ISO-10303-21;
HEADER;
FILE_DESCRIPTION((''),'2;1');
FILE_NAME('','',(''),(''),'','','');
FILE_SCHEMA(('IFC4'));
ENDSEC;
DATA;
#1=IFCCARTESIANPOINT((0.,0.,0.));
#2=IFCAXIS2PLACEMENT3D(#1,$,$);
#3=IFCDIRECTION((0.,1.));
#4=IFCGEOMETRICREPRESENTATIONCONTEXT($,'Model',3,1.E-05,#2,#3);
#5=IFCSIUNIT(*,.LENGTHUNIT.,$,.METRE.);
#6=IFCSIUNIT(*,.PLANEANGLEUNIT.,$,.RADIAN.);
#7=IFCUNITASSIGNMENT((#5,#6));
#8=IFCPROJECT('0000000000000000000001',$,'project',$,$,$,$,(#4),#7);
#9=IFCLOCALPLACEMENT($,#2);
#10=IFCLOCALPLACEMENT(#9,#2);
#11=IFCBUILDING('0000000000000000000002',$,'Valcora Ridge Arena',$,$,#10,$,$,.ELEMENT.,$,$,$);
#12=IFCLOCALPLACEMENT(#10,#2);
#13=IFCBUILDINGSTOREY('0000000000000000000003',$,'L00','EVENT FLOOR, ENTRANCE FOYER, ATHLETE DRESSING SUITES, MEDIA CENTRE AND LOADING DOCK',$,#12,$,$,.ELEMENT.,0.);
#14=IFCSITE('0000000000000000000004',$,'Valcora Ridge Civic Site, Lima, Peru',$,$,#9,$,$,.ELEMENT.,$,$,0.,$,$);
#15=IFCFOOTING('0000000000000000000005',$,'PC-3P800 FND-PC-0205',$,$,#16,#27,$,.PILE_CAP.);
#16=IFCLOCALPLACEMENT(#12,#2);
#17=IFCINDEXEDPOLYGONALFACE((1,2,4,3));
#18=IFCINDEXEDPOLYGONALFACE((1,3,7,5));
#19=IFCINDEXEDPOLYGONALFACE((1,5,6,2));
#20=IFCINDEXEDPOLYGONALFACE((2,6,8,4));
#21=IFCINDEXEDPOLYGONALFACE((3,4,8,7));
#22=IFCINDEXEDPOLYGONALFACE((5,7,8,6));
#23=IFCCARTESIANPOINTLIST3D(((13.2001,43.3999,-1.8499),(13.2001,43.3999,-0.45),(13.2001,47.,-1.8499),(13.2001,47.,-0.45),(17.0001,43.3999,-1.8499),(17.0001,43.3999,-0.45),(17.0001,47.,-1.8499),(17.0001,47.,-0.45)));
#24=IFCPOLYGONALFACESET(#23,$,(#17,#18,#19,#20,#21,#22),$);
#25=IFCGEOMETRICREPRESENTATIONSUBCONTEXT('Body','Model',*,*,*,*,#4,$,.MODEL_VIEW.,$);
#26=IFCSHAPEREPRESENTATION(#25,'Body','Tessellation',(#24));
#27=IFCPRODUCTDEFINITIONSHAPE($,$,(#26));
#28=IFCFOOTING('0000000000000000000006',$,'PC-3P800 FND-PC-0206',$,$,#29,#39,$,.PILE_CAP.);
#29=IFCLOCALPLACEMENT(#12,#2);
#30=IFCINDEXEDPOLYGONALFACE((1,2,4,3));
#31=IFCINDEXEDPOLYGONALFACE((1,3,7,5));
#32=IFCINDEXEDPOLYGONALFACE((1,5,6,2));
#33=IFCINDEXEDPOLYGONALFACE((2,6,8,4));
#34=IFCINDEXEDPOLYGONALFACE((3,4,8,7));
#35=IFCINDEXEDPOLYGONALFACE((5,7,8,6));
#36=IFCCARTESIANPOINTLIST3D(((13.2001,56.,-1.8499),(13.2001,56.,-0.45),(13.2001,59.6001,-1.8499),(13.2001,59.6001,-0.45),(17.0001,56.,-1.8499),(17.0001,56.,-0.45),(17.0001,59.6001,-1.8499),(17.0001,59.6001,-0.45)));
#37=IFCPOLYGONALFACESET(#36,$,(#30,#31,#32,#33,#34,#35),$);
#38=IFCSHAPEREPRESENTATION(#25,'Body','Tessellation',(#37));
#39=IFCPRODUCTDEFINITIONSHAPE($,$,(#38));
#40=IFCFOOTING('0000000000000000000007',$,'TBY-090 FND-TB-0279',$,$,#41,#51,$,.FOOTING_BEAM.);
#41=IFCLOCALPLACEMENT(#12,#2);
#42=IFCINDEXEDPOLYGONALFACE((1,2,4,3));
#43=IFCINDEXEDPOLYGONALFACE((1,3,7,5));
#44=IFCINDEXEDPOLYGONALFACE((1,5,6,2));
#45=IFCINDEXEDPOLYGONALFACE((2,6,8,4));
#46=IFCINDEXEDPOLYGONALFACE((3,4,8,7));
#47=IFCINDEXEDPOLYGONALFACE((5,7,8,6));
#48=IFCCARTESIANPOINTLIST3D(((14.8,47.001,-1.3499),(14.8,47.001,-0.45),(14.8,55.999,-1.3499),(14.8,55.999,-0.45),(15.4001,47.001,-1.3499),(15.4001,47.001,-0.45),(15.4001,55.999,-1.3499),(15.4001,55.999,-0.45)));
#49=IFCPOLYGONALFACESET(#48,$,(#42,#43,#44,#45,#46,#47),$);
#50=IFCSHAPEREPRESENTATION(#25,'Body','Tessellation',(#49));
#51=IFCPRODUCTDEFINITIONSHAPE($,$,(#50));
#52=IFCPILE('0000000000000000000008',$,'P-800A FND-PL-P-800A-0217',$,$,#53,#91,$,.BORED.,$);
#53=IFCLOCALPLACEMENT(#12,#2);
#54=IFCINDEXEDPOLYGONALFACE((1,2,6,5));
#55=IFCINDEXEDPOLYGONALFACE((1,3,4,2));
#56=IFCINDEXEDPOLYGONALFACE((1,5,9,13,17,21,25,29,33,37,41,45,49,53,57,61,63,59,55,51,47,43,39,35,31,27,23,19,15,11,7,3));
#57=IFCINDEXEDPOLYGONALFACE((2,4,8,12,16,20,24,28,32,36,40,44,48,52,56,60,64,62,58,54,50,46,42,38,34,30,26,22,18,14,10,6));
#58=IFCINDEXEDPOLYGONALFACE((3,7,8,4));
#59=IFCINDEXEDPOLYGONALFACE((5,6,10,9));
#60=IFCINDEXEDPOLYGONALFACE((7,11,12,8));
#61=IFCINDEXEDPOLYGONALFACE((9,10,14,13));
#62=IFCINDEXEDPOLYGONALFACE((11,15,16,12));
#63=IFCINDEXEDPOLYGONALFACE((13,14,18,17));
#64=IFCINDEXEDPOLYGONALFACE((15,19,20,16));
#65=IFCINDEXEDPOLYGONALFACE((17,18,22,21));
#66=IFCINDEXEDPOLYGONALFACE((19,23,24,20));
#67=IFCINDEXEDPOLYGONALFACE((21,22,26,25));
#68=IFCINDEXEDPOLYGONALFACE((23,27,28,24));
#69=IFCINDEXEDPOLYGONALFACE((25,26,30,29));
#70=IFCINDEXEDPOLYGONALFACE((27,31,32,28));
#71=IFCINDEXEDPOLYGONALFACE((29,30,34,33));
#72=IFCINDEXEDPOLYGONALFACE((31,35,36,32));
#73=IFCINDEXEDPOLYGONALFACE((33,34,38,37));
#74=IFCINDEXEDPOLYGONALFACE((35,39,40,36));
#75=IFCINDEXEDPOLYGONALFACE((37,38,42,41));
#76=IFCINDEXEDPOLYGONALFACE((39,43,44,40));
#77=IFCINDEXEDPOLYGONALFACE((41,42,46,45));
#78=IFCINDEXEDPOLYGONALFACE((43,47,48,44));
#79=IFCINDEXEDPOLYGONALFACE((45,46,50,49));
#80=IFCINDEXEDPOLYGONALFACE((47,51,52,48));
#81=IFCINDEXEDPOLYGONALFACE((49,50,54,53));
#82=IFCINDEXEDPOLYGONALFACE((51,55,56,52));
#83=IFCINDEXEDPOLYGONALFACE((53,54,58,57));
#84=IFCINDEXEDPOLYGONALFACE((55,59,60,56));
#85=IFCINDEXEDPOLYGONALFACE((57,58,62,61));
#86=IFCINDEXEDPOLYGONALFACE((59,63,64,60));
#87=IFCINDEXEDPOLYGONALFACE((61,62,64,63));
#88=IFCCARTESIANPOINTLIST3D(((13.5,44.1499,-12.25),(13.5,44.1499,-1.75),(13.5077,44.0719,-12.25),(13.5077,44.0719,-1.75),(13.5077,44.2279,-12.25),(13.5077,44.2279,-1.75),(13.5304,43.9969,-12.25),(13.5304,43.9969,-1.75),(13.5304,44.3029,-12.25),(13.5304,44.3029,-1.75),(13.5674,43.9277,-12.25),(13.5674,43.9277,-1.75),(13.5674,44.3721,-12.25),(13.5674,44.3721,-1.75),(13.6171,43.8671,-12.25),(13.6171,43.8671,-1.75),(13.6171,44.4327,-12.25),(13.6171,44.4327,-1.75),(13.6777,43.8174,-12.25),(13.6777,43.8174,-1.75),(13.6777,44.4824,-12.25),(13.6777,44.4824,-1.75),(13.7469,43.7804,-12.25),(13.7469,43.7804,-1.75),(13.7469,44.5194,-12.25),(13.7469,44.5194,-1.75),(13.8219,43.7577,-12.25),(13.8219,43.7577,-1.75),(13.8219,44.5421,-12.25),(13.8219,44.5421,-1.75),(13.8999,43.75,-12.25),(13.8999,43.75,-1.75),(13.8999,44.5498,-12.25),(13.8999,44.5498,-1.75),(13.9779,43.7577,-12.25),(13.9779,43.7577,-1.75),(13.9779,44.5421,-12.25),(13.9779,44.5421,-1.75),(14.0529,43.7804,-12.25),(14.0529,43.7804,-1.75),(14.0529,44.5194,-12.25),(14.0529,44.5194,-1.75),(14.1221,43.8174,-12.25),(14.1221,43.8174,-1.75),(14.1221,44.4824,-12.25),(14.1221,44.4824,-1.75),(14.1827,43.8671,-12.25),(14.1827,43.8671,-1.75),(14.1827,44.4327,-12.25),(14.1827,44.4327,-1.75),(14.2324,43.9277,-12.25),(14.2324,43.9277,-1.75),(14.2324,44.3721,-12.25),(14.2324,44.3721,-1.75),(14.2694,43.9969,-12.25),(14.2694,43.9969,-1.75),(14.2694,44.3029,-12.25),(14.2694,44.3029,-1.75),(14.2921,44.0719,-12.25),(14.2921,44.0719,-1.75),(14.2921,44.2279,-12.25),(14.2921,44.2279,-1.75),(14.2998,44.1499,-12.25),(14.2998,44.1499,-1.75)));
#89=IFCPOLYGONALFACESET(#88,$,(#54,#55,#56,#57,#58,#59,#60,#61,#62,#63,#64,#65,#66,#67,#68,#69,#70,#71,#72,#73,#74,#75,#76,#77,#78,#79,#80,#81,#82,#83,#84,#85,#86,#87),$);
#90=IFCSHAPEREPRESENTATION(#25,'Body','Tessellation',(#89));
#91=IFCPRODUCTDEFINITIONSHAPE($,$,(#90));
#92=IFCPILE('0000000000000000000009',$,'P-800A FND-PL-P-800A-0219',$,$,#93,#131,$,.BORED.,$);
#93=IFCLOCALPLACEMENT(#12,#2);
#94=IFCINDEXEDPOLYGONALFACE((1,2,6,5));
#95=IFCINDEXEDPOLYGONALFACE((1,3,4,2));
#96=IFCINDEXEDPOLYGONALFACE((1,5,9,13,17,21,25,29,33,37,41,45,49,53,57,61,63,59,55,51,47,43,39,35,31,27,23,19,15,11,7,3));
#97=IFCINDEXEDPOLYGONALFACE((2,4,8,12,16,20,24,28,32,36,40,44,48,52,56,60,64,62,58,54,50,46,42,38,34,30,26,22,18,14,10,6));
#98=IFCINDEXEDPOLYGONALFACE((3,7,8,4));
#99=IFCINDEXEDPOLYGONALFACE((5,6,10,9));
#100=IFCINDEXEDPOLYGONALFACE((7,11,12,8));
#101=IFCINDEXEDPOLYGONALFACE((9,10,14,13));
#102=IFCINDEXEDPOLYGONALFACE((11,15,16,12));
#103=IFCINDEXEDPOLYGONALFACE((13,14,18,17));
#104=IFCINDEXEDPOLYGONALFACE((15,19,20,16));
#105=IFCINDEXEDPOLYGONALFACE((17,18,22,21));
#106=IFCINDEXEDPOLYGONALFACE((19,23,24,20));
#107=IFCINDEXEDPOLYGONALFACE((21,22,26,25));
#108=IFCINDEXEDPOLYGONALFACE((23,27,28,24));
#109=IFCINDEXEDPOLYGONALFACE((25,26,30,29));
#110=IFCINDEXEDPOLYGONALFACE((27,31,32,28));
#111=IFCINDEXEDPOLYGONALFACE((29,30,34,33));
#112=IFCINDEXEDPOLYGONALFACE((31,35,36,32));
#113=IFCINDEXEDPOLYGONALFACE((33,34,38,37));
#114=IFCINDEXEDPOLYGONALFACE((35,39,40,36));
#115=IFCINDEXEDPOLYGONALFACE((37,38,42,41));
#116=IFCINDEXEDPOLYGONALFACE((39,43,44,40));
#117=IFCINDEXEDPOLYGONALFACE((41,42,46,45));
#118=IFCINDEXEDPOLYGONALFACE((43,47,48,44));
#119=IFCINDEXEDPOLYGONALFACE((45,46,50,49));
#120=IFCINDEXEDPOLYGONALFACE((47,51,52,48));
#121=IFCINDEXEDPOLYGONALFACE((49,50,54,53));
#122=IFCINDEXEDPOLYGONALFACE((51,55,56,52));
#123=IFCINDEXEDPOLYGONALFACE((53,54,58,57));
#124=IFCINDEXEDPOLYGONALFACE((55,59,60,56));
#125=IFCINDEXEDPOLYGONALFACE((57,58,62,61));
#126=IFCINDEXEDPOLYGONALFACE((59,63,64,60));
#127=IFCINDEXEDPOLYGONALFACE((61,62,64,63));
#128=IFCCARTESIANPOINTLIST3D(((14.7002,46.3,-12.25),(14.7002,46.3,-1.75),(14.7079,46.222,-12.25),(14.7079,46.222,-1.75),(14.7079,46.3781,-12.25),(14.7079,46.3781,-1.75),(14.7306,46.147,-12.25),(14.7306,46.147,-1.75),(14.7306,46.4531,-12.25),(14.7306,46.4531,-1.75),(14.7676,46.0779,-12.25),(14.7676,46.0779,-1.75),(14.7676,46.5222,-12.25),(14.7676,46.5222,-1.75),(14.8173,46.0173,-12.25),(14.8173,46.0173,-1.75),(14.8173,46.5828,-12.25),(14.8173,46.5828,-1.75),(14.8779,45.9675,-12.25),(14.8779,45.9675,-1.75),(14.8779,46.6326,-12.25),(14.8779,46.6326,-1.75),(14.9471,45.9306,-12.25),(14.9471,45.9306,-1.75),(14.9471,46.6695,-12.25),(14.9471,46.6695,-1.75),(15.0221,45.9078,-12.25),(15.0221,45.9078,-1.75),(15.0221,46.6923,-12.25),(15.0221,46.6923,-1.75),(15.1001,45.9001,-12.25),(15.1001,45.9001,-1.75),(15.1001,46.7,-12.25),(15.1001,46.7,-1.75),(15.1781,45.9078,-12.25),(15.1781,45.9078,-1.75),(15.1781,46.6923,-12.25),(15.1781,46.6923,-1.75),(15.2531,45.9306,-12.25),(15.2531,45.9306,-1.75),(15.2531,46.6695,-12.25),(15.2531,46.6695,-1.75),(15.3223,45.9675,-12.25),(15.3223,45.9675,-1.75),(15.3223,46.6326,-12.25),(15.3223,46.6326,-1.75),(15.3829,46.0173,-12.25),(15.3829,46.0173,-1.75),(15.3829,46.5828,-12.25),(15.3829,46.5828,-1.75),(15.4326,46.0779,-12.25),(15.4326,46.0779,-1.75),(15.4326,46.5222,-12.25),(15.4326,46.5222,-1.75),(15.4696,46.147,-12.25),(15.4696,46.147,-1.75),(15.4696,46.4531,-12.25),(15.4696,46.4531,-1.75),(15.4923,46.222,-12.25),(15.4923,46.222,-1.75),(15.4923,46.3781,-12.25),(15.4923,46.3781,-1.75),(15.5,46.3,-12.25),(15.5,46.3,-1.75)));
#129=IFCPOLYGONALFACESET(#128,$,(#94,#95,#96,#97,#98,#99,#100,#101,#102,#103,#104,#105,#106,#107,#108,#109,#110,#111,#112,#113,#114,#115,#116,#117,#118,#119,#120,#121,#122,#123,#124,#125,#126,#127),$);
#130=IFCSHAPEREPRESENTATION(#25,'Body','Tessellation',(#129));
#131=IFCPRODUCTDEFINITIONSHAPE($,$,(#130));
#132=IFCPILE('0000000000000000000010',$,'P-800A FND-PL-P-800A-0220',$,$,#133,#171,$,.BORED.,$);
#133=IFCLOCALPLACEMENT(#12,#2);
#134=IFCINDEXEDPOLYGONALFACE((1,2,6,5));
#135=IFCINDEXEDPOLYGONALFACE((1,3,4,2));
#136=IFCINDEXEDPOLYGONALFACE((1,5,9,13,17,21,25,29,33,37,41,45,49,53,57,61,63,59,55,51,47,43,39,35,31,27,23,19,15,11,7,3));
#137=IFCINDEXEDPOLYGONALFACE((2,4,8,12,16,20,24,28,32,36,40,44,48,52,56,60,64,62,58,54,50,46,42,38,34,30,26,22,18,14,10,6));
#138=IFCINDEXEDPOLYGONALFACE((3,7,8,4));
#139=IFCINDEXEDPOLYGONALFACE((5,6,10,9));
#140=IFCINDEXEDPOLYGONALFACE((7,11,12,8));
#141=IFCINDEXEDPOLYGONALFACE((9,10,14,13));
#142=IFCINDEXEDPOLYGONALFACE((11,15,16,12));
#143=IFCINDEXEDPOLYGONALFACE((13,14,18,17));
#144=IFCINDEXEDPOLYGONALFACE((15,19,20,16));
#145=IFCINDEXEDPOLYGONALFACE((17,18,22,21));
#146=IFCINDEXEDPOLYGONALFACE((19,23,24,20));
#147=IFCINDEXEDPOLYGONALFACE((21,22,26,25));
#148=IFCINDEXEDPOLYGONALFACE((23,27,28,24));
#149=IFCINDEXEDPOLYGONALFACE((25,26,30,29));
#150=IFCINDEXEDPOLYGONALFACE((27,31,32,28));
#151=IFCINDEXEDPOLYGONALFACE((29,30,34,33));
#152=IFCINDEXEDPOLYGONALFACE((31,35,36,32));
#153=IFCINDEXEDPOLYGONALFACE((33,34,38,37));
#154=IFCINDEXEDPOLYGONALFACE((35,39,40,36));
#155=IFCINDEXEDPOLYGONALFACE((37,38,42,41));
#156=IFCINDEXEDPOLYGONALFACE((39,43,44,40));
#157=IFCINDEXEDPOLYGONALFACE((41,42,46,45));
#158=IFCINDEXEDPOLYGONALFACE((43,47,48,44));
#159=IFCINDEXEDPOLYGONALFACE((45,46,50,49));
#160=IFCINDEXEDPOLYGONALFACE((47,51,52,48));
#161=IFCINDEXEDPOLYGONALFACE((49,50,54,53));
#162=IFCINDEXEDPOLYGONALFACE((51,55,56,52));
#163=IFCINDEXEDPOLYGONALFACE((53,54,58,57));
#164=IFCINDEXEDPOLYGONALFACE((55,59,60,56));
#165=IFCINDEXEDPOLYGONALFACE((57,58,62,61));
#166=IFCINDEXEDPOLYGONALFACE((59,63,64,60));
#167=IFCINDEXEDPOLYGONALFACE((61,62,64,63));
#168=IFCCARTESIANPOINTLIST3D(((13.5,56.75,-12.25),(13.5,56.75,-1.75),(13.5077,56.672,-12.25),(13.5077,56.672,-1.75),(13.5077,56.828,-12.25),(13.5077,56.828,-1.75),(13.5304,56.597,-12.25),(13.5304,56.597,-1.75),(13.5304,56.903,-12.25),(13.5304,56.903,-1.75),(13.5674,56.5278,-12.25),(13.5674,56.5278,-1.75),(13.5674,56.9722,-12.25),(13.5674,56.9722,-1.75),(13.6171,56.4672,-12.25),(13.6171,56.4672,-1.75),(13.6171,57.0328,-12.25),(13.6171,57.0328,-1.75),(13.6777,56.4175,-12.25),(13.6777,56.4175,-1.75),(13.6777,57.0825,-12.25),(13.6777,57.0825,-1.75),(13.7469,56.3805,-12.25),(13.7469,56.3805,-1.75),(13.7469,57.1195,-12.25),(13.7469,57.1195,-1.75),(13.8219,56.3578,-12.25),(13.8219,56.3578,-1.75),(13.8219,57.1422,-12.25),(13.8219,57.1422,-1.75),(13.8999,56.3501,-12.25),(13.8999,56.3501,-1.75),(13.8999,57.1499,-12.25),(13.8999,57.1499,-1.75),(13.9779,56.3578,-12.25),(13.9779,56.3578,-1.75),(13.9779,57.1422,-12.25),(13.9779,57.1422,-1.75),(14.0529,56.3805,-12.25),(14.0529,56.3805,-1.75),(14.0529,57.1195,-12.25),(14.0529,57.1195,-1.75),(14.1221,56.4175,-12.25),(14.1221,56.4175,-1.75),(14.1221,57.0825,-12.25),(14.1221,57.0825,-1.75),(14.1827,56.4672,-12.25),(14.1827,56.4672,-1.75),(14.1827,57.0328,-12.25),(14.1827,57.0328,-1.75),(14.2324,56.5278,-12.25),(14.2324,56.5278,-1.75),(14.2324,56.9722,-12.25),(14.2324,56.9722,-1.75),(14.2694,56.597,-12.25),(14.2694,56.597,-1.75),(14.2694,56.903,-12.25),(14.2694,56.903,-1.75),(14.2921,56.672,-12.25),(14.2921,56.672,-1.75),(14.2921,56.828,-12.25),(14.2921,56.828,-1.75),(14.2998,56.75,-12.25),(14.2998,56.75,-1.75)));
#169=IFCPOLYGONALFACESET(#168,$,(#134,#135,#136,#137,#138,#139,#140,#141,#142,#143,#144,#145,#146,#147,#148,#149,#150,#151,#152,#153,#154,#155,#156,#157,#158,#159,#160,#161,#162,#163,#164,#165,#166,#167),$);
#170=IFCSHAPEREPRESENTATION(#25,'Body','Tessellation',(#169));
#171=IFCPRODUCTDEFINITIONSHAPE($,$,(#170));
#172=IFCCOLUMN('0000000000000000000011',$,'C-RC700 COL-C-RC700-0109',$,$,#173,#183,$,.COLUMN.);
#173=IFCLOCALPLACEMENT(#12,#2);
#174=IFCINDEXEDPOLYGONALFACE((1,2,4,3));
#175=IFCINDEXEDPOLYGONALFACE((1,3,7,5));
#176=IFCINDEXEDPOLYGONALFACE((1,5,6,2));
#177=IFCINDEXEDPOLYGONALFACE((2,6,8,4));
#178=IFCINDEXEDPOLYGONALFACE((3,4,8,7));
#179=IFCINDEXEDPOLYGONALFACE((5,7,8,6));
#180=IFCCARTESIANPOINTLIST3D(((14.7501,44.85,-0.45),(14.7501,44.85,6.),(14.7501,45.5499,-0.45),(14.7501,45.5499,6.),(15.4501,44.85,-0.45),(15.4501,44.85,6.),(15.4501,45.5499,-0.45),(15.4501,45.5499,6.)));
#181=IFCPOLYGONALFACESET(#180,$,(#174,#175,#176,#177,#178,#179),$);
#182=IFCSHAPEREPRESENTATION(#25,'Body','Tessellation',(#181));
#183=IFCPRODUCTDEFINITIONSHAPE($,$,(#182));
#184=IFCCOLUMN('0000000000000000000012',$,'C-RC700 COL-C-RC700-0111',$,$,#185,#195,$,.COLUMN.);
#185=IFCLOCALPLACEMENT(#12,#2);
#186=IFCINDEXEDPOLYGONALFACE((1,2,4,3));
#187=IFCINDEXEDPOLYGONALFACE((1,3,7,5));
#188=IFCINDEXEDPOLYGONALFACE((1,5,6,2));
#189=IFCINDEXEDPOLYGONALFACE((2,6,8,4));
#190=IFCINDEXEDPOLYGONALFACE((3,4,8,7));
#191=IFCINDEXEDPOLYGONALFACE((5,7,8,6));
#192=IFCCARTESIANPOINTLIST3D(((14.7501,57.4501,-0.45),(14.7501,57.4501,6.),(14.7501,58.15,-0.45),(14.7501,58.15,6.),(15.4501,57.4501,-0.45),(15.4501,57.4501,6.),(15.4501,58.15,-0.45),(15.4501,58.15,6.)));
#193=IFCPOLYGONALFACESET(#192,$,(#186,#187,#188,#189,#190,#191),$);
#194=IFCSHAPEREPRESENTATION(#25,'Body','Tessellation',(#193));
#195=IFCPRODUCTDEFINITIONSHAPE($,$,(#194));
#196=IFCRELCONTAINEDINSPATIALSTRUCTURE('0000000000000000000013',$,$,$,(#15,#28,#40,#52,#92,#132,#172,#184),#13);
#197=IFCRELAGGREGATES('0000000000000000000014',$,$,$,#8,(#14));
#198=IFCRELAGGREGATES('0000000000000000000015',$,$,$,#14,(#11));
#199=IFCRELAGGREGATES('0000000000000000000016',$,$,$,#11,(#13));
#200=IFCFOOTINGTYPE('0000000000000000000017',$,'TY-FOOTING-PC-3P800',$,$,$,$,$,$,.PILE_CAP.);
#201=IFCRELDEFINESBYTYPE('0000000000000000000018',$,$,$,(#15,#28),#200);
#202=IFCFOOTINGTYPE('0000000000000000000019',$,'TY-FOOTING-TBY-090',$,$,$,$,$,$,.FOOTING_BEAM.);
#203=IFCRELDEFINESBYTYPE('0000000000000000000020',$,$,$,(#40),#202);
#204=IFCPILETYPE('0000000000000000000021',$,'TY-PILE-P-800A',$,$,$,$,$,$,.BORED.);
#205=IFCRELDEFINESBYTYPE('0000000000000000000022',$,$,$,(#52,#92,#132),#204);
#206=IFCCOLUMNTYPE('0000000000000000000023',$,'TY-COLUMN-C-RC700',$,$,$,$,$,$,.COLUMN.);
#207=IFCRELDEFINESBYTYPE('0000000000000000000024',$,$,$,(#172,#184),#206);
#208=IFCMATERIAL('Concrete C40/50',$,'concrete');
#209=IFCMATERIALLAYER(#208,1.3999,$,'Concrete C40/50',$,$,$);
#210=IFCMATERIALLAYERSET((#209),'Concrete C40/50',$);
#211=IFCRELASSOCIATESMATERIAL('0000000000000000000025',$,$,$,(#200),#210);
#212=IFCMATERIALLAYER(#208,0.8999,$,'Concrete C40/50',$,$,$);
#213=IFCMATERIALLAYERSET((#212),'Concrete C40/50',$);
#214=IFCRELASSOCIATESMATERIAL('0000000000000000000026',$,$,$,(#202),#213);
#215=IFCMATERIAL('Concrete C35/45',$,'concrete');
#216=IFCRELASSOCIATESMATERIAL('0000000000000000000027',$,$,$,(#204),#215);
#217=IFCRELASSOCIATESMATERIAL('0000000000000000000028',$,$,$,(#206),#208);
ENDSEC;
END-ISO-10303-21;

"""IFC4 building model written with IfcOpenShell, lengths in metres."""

from ifc_helpers import new_model, si_unit, direction, frame, origin, origin_2d, place, context, subcontext, project, spatial, rectangle, circle, extrude, material, layer, layer_set, material_profile, profile_set, type_object, element, save


model = new_model("IFC4")

# Units and contexts
model_context = context("Model", 3, precision=1e-05, world=origin(), true_north=direction((0.0, 1.0)))
body_context = subcontext(model_context, "Body", "Model", "MODEL_VIEW")
ifc_project = project(units=[si_unit("LENGTHUNIT", "METRE"), si_unit("PLANEANGLEUNIT", "RADIAN")], contexts=[model_context])

# Site, building, storey
site_placement = place(None, origin())
site = spatial("IfcSite", under=ifc_project, at=site_placement, Name="Valcora Ridge Civic Site, Lima, Peru", CompositionType="ELEMENT", RefElevation=0.0)
building_placement = place(site_placement, origin())
building = spatial("IfcBuilding", under=site, at=building_placement, Name="Valcora Ridge Arena", CompositionType="ELEMENT")
storey_placement = place(building_placement, origin())
storey = spatial("IfcBuildingStorey", under=building, at=storey_placement, Name="L00", Description="EVENT FLOOR, ENTRANCE FOYER, ATHLETE DRESSING SUITES, MEDIA CENTRE AND LOADING DOCK", CompositionType="ELEMENT", Elevation=0.0)

# Footings
ifc_material_1 = material(Name="Concrete C40/50", Category="concrete")
ifc_layer_1 = layer(ifc_material_1, 1.3999, Name="Concrete C40/50")
ifc_layer_set_1 = layer_set([ifc_layer_1], Name="Concrete C40/50")
footing_type_1 = type_object("IfcFootingType", Name="TY-FOOTING-PC-3P800", PredefinedType="PILE_CAP", material=ifc_layer_set_1)
for number, where, z_axis, x_axis, name in (
    (1, (15.1001, 45.2, -1.8499), (0.0, 0.0, 1.0), (1.0, 0.0, 0.0), "PC-3P800 FND-PC-0205"),
    (2, (15.1001, 57.8, -1.8499), (0.0, 0.0, 1.0), (1.0, 0.0, 0.0), "PC-3P800 FND-PC-0206"),
):
    element("IfcFooting", number, at=place(storey_placement, frame(where, z_axis=z_axis, x_axis=x_axis)), inside=storey, type_object=footing_type_1, Name=name, PredefinedType="PILE_CAP", context=body_context, shape_type="SweptSolid", body=[
        extrude(rectangle(XDim=3.8, YDim=3.6001, at=origin_2d()), origin(), (0.0, 0.0, 1.0), 1.3999),
    ])
ifc_layer_2 = layer(ifc_material_1, 0.8999, Name="Concrete C40/50")
ifc_layer_set_2 = layer_set([ifc_layer_2], Name="Concrete C40/50")
footing_type_2 = type_object("IfcFootingType", Name="TY-FOOTING-TBY-090", PredefinedType="FOOTING_BEAM", material=ifc_layer_set_2)
footing_placement = place(storey_placement, frame((15.1001, 51.5, -1.3499), z_axis=(0.0, 0.0, 1.0), x_axis=(1.0, 0.0, 0.0)))
element("IfcFooting", 3, at=footing_placement, inside=storey, type_object=footing_type_2, Name="TBY-090 FND-TB-0279", PredefinedType="FOOTING_BEAM", context=body_context, shape_type="SweptSolid", body=[
    extrude(rectangle(XDim=0.6001, YDim=8.998, at=origin_2d()), origin(), (0.0, 0.0, 1.0), 0.8999),
])

# Piles
ifc_material_2 = material(Name="Concrete C35/45", Category="concrete")
ifc_material_profile_1 = material_profile(ifc_material_2, circle(Radius=0.3999, at=origin_2d()), Name="BORED PILE D800")
ifc_profile_set_1 = profile_set([ifc_material_profile_1], Name="Concrete C35/45")
pile_type = type_object("IfcPileType", Name="TY-PILE-P-800A", PredefinedType="BORED", material=ifc_profile_set_1)
for number, where, z_axis, x_axis, name in (
    (4, (13.8999, 44.1499, -1.75), (0.0, 0.0, -1.0), (1.0, 0.0, 0.0), "P-800A FND-PL-P-800A-0217"),
    (5, (15.1001, 46.3, -1.75), (0.0, 0.0, -1.0), (1.0, 0.0, 0.0), "P-800A FND-PL-P-800A-0219"),
    (6, (13.8999, 56.75, -1.75), (0.0, 0.0, -1.0), (1.0, 0.0, 0.0), "P-800A FND-PL-P-800A-0220"),
):
    element("IfcPile", number, at=place(storey_placement, frame(where, z_axis=z_axis, x_axis=x_axis)), inside=storey, type_object=pile_type, Name=name, PredefinedType="BORED", context=body_context, shape_type="SweptSolid", body=[
        extrude(circle(Radius=0.3999, at=origin_2d()), origin(), (0.0, 0.0, 1.0), 10.5),
    ])

# Columns
ifc_material_profile_2 = material_profile(ifc_material_1, rectangle(XDim=0.7, YDim=0.7, at=origin_2d()), Name="RC 700x700")
ifc_profile_set_2 = profile_set([ifc_material_profile_2], Name="Concrete C40/50")
column_type = type_object("IfcColumnType", Name="TY-COLUMN-C-RC700", PredefinedType="COLUMN", material=ifc_profile_set_2)
for number, where, z_axis, x_axis, name in (
    (7, (15.1001, 45.2, -0.45), (0.0, 0.0, 1.0), (1.0, 0.0, 0.0), "C-RC700 COL-C-RC700-0109"),
    (8, (15.1001, 57.8, -0.45), (0.0, 0.0, 1.0), (1.0, 0.0, 0.0), "C-RC700 COL-C-RC700-0111"),
):
    element("IfcColumn", number, at=place(storey_placement, frame(where, z_axis=z_axis, x_axis=x_axis)), inside=storey, type_object=column_type, Name=name, PredefinedType="COLUMN", context=body_context, shape_type="SweptSolid", body=[
        extrude(rectangle(XDim=0.7, YDim=0.7, at=origin_2d()), origin(), (0.0, 0.0, 1.0), 6.45),
    ])

save(model, "model.ifc")
